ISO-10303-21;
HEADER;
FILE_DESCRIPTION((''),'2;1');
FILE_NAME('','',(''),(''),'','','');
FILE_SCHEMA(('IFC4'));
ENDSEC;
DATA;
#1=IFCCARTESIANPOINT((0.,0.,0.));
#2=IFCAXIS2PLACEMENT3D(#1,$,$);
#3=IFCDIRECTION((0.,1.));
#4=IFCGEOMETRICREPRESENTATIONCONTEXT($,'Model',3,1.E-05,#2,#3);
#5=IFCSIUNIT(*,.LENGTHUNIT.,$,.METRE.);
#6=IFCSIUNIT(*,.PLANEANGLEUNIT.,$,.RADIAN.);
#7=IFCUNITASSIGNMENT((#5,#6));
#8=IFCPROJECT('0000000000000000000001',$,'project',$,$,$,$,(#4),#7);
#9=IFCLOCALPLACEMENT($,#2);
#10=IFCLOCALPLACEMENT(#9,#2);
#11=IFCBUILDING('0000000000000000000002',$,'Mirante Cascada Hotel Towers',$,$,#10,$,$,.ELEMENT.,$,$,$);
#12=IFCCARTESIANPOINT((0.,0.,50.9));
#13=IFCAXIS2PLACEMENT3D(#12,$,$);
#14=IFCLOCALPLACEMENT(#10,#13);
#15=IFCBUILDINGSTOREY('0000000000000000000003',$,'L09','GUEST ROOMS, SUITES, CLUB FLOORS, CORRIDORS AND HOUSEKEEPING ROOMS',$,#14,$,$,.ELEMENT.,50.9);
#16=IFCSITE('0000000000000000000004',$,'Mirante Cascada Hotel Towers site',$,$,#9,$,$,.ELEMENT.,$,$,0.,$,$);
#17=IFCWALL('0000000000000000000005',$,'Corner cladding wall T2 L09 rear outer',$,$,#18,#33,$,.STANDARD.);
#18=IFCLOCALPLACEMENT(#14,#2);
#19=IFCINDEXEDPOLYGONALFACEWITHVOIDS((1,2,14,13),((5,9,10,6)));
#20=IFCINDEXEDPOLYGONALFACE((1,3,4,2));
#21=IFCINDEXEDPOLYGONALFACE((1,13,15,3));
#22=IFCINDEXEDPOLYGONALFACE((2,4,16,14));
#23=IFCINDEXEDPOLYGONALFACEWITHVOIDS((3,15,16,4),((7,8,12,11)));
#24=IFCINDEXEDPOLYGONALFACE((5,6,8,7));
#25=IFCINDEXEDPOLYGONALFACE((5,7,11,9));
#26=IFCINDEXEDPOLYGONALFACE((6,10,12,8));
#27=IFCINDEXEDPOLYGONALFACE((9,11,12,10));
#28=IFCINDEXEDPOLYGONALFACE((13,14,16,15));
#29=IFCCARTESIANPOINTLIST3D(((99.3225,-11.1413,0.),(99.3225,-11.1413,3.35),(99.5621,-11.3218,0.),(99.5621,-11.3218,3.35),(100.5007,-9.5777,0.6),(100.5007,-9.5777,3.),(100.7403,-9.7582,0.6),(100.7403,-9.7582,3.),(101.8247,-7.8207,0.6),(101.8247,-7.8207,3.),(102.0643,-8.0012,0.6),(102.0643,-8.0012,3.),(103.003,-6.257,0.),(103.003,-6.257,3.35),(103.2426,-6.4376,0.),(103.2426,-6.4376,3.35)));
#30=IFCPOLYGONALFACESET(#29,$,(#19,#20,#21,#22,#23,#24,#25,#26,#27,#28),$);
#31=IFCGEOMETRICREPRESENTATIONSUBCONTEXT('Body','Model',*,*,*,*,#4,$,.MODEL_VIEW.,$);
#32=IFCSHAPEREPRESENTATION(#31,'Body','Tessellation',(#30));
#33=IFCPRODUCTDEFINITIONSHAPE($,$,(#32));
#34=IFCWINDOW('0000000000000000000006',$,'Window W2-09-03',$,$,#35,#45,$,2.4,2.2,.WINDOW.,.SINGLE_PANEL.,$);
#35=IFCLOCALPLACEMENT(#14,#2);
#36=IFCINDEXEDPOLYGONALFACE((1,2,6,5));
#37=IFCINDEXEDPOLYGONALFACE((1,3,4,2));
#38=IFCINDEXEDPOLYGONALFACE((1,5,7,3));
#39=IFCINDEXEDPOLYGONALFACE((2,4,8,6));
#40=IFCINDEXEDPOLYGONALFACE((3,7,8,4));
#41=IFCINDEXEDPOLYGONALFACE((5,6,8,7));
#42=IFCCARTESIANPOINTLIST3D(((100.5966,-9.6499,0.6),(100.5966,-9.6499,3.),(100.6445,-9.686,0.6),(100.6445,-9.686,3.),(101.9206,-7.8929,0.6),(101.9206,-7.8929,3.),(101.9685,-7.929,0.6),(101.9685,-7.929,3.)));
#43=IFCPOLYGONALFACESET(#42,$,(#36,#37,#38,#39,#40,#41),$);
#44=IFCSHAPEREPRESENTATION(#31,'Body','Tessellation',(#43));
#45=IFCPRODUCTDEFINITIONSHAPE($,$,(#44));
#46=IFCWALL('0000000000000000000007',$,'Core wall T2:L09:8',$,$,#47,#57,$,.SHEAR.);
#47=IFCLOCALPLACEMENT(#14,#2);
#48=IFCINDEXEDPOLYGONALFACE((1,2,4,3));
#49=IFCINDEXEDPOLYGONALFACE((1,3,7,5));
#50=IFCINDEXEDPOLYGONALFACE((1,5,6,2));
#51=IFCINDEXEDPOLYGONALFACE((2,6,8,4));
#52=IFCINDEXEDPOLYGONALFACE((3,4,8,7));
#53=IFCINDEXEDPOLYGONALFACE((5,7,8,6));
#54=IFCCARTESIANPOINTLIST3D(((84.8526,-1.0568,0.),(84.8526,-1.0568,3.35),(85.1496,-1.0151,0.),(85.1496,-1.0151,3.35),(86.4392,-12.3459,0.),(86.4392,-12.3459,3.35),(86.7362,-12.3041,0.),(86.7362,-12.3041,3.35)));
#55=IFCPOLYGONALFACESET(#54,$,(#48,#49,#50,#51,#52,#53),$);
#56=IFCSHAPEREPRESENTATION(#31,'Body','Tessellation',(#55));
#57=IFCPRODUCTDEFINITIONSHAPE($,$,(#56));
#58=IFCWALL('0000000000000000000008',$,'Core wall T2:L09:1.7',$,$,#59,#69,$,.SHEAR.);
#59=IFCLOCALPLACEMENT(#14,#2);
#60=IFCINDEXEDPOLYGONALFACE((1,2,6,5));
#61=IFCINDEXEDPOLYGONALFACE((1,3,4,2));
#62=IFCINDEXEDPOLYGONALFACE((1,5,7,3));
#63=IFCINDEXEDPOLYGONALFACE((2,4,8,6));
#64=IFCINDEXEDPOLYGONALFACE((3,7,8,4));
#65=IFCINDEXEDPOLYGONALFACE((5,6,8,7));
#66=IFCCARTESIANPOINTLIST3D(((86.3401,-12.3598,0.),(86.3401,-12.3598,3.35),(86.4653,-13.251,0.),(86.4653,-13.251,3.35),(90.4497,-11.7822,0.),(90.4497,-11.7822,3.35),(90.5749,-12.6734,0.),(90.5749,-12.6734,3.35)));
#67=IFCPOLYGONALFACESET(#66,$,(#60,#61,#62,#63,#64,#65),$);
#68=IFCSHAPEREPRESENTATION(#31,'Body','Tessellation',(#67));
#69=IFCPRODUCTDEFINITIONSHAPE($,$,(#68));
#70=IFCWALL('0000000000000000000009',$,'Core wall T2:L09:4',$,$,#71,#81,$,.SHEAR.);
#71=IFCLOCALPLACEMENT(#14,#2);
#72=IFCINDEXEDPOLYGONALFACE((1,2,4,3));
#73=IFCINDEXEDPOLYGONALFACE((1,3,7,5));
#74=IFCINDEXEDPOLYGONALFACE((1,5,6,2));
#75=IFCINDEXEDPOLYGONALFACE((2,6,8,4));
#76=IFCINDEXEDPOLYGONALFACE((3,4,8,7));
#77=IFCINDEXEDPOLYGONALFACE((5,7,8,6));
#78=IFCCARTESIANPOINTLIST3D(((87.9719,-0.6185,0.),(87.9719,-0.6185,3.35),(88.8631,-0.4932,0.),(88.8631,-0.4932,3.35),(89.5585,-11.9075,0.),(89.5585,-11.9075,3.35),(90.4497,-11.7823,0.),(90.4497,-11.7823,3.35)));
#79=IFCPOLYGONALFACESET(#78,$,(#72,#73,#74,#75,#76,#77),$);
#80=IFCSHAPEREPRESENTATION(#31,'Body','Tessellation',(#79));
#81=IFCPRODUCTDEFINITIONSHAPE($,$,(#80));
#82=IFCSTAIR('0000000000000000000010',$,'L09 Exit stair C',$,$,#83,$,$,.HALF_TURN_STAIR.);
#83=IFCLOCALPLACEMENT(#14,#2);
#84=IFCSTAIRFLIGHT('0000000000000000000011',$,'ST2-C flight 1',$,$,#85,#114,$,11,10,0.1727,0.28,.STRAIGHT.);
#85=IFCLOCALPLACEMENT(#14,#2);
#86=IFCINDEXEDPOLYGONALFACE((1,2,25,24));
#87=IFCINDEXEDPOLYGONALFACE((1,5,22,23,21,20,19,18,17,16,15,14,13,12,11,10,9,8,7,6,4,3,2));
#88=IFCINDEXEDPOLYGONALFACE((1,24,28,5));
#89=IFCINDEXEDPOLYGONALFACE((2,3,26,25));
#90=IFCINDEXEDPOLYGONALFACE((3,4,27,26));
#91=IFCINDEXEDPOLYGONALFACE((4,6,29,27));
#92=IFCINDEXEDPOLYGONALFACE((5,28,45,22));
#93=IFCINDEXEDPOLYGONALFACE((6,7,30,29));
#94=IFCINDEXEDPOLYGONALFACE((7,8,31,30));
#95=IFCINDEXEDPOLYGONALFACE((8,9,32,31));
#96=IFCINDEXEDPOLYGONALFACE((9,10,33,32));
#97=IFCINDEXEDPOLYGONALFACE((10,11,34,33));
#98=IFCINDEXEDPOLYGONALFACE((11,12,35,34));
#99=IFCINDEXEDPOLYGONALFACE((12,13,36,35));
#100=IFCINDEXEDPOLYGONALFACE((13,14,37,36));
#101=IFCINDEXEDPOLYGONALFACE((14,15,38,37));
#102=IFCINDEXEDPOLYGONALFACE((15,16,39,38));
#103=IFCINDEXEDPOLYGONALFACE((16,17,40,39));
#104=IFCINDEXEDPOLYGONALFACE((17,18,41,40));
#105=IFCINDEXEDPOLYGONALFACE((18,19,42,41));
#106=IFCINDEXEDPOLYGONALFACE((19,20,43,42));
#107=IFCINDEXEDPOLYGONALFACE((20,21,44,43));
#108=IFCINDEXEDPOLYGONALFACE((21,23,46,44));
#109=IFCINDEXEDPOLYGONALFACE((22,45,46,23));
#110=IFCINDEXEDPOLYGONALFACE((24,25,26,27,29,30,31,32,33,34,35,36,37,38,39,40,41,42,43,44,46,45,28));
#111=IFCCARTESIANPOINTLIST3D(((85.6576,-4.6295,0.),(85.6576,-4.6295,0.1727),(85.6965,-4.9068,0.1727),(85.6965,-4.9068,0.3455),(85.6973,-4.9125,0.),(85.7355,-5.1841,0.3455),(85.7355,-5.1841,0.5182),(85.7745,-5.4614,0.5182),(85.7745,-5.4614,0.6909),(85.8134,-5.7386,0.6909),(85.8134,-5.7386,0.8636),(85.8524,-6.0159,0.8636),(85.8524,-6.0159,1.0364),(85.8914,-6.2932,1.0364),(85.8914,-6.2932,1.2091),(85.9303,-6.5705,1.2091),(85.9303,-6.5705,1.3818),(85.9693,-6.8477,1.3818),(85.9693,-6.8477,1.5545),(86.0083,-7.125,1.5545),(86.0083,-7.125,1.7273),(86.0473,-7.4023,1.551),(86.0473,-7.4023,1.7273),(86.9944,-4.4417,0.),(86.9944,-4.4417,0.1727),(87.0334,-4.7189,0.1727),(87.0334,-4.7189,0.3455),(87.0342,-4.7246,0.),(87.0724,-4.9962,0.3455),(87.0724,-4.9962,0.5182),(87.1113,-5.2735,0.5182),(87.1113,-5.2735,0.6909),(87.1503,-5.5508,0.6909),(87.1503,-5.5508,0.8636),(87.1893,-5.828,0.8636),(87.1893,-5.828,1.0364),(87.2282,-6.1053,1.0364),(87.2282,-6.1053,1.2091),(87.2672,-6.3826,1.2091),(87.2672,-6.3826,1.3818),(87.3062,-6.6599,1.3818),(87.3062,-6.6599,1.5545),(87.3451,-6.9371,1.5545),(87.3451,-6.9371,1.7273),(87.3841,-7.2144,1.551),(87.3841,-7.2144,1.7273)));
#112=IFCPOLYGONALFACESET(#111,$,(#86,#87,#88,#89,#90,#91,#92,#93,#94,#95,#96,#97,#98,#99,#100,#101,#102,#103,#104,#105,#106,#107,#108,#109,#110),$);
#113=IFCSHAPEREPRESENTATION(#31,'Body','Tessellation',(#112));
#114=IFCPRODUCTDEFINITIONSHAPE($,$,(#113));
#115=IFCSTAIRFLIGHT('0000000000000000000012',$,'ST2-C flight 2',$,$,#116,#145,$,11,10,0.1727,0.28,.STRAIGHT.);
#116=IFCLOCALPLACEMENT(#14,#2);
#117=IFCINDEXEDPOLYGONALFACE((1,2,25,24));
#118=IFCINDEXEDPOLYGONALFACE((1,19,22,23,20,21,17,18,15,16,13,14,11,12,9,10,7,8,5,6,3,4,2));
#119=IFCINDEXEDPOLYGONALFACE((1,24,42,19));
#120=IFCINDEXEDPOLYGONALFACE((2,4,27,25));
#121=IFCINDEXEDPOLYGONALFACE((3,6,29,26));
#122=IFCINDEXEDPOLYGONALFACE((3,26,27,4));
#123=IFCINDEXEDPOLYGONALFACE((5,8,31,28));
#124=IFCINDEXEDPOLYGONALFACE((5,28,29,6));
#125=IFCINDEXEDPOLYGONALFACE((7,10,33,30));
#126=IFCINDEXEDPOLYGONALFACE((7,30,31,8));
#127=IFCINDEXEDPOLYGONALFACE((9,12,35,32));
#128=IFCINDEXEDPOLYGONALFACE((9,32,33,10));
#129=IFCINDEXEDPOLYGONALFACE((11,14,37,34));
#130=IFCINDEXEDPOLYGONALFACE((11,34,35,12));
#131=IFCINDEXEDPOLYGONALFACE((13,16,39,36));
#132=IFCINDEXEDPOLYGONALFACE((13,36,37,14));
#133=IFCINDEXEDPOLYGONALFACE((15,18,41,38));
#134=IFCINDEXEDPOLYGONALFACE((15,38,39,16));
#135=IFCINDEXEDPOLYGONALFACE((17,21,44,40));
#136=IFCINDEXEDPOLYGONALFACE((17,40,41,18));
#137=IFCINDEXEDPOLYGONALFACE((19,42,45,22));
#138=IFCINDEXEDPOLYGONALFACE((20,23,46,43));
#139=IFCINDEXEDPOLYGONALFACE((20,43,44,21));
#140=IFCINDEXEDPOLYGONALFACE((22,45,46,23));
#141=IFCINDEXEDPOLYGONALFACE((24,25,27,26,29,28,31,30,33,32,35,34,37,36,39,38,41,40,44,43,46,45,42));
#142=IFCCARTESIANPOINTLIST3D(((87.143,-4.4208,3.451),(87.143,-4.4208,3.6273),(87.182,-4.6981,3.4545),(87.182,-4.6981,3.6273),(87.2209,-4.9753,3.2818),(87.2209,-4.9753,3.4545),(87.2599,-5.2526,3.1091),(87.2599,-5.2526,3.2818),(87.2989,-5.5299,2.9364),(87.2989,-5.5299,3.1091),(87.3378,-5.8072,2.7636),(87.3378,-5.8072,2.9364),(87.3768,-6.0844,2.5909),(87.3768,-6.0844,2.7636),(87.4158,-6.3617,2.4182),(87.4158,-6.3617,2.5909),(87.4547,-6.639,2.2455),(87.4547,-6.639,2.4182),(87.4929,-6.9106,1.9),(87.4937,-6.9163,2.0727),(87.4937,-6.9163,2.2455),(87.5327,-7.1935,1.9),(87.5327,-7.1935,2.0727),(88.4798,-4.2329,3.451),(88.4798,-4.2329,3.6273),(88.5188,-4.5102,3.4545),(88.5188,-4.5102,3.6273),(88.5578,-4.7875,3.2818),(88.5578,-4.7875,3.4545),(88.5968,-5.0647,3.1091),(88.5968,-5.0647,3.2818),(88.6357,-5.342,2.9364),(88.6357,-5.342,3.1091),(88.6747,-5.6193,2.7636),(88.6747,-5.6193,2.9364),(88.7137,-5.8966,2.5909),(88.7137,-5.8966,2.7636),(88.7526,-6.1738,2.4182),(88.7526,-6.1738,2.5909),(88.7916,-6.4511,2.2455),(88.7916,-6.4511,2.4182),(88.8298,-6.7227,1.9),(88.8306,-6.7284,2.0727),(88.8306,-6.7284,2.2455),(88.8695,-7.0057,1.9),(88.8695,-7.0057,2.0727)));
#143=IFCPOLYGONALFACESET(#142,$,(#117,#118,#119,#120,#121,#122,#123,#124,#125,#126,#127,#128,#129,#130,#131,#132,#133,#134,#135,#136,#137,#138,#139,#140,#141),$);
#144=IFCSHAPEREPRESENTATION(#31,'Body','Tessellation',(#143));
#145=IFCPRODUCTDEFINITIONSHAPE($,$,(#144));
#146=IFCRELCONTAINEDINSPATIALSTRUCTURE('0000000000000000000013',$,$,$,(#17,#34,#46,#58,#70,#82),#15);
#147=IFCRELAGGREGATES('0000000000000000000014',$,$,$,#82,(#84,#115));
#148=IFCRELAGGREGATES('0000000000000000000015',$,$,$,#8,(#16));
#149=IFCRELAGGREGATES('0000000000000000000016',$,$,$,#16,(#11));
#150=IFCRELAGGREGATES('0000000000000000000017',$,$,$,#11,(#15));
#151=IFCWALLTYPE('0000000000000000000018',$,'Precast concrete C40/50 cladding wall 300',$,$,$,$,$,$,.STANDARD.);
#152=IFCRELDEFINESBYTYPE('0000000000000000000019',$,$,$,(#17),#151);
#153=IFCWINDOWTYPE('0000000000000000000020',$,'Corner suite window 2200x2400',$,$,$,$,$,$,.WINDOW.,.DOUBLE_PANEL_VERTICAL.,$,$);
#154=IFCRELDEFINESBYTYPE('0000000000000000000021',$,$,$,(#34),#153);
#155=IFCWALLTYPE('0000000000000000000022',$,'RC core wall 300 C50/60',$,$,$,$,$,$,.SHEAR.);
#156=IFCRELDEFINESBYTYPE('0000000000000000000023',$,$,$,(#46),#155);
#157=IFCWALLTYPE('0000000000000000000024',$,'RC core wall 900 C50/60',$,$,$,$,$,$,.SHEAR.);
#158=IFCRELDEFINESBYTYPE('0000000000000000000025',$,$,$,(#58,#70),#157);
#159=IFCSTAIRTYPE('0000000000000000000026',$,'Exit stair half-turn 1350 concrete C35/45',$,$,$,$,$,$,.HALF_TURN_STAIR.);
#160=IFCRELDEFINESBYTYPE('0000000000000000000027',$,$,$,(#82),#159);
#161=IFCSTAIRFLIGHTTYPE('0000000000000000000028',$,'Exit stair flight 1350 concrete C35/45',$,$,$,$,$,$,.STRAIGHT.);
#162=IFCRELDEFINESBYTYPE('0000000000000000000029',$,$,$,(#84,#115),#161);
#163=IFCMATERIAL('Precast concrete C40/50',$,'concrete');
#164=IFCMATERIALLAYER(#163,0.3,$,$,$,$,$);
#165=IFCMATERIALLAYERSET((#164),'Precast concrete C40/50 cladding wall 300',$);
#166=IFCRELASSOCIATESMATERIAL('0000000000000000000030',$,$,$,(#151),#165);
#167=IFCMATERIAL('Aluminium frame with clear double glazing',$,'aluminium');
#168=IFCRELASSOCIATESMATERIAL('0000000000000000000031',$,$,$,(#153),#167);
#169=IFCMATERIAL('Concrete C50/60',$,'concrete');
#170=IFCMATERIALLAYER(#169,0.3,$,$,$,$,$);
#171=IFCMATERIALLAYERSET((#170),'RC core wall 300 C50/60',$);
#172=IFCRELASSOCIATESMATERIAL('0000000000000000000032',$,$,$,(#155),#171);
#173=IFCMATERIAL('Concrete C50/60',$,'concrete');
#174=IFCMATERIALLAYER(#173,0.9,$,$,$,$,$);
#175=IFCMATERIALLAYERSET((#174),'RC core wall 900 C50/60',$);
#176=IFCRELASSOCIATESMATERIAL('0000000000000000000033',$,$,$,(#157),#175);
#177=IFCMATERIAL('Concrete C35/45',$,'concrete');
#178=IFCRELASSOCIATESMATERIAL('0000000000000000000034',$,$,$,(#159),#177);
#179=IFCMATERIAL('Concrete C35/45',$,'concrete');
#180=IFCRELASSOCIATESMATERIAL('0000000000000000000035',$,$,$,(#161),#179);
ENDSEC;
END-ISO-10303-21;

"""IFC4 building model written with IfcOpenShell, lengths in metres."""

from ifc_helpers import new_model, si_unit, direction, frame, frame_2d, origin, place, context, subcontext, project, spatial, polyline, rectangle, outline, extrude, material, layer, layer_set, type_object, element, fill, aggregate, save


model = new_model("IFC4")

# Units and contexts
model_context = context("Model", 3, precision=1e-05, world=origin(), true_north=direction((0.0, 1.0)))
body_context = subcontext(model_context, "Body", "Model", "MODEL_VIEW")
ifc_project = project(units=[si_unit("LENGTHUNIT", "METRE"), si_unit("PLANEANGLEUNIT", "RADIAN")], contexts=[model_context])

# Site, building, storey
site_placement = place(None, origin())
site = spatial("IfcSite", under=ifc_project, at=site_placement, Name="Mirante Cascada Hotel Towers site", CompositionType="ELEMENT", RefElevation=0.0)
building_placement = place(site_placement, origin())
building = spatial("IfcBuilding", under=site, at=building_placement, Name="Mirante Cascada Hotel Towers", CompositionType="ELEMENT")
storey_placement = place(building_placement, frame((0.0, 0.0, 50.9)))
storey = spatial("IfcBuildingStorey", under=building, at=storey_placement, Name="L09", Description="GUEST ROOMS, SUITES, CLUB FLOORS, CORRIDORS AND HOUSEKEEPING ROOMS", CompositionType="ELEMENT", Elevation=50.9)

# Shared definitions
ifc_material_1 = material(Name="Precast concrete C40/50", Category="concrete")
ifc_layer_1 = layer(ifc_material_1, 0.3)
ifc_layer_set_1 = layer_set([ifc_layer_1], Name="Precast concrete C40/50 cladding wall 300")
wall_type_1 = type_object("IfcWallType", Name="Precast concrete C40/50 cladding wall 300", PredefinedType="STANDARD", material=ifc_layer_set_1)

# Wall, opening, window
wall_1_placement = place(storey_placement, frame((99.4423, -11.2315, 0.0), z_axis=(0.0, 0.0, 1.0), x_axis=(0.601814, 0.798636, 0.0)))
wall_1 = element("IfcWall", 1, at=wall_1_placement, inside=storey, type_object=wall_type_1, Name="Corner cladding wall T2 L09 rear outer", PredefinedType="STANDARD", context=body_context, shape_type="SweptSolid", body=[
    extrude(rectangle(XDim=6.1157, YDim=0.3, at=frame_2d((3.0578, 0.0))), origin(), (0.0, 0.0, 1.0), 3.35),
])
opening_1_placement = place(wall_1_placement, frame((1.9578, 0.0, 0.6)))
opening_1 = element("IfcOpeningElement", 2, at=opening_1_placement, cuts=wall_1, PredefinedType="OPENING", context=body_context, shape_type="SweptSolid", body=[
    extrude(rectangle(XDim=2.2, YDim=2.4, at=frame_2d((1.1, 1.2))), frame((0.0, 0.15, 0.0), z_axis=(0.0, -1.0, 0.0), x_axis=(1.0, 0.0, 0.0)), (0.0, 0.0, 1.0), 0.3),
])
ifc_material_2 = material(Name="Aluminium frame with clear double glazing", Category="aluminium")
window_type_1 = type_object("IfcWindowType", Name="Corner suite window 2200x2400", PartitioningType="DOUBLE_PANEL_VERTICAL", PredefinedType="WINDOW", material=ifc_material_2)
window_1_placement = place(opening_1_placement, origin())
window_1 = element("IfcWindow", 3, at=window_1_placement, inside=storey, type_object=window_type_1, Name="Window W2-09-03", OverallHeight=2.4, OverallWidth=2.2, PartitioningType="SINGLE_PANEL", PredefinedType="WINDOW", context=body_context, shape_type="SweptSolid", body=[
    extrude(rectangle(XDim=2.2, YDim=2.4, at=frame_2d((1.1, 1.2))), frame((0.0, 0.03, 0.0), z_axis=(0.0, -1.0, 0.0), x_axis=(1.0, 0.0, 0.0)), (0.0, 0.0, 1.0), 0.06),
])
fill(opening_1, window_1)

# Walls
ifc_material_3 = material(Name="Concrete C50/60", Category="concrete")
ifc_layer_2 = layer(ifc_material_3, 0.3)
ifc_layer_set_2 = layer_set([ifc_layer_2], Name="RC core wall 300 C50/60")
wall_type_2 = type_object("IfcWallType", Name="RC core wall 300 C50/60", PredefinedType="SHEAR", material=ifc_layer_set_2)
wall_2_placement = place(storey_placement, frame((86.5877, -12.325, 0.0), z_axis=(0.0, 0.0, 1.0), x_axis=(-0.139175, 0.990268, 0.0)))
element("IfcWall", 4, at=wall_2_placement, inside=storey, type_object=wall_type_2, Name="Core wall T2:L09:8", PredefinedType="SHEAR", context=body_context, shape_type="SweptSolid", body=[
    extrude(rectangle(XDim=11.4, YDim=0.3, at=frame_2d((5.7, 0.0))), origin(), (0.0, 0.0, 1.0), 3.35),
])
ifc_material_4 = material(Name="Concrete C50/60", Category="concrete")
ifc_layer_3 = layer(ifc_material_4, 0.9)
ifc_layer_set_3 = layer_set([ifc_layer_3], Name="RC core wall 900 C50/60")
wall_type_3 = type_object("IfcWallType", Name="RC core wall 900 C50/60", PredefinedType="SHEAR", material=ifc_layer_set_3)
wall_3_placement = place(storey_placement, frame((86.4027, -12.8054, 0.0), z_axis=(0.0, 0.0, 1.0), x_axis=(0.990267, 0.139181, 0.0)))
element("IfcWall", 5, at=wall_3_placement, inside=storey, type_object=wall_type_3, Name="Core wall T2:L09:1.7", PredefinedType="SHEAR", context=body_context, shape_type="SweptSolid", body=[
    extrude(rectangle(XDim=4.15, YDim=0.9, at=frame_2d((2.075, 0.0))), origin(), (0.0, 0.0, 1.0), 3.35),
])
wall_4_placement = place(storey_placement, frame((90.0041, -11.8449, 0.0), z_axis=(0.0, 0.0, 1.0), x_axis=(-0.139175, 0.990268, 0.0)))
element("IfcWall", 6, at=wall_4_placement, inside=storey, type_object=wall_type_3, Name="Core wall T2:L09:4", PredefinedType="SHEAR", context=body_context, shape_type="SweptSolid", body=[
    extrude(rectangle(XDim=11.4, YDim=0.9, at=frame_2d((5.7, 0.0))), origin(), (0.0, 0.0, 1.0), 3.35),
])

# Stair, stair flights
ifc_material_5 = material(Name="Concrete C35/45", Category="concrete")
stair_type = type_object("IfcStairType", Name="Exit stair half-turn 1350 concrete C35/45", PredefinedType="HALF_TURN_STAIR", material=ifc_material_5)
stair_placement = place(storey_placement, origin())
stair = element("IfcStair", 7, at=stair_placement, inside=storey, type_object=stair_type, Name="L09 Exit stair C", PredefinedType="HALF_TURN_STAIR")
ifc_material_6 = material(Name="Concrete C35/45", Category="concrete")
stair_flight_type = type_object("IfcStairFlightType", Name="Exit stair flight 1350 concrete C35/45", PredefinedType="STRAIGHT", material=ifc_material_6)
stair_flight_1_placement = place(storey_placement, frame((86.326, -4.5356, 0.0), z_axis=(0.0, 0.0, 1.0), x_axis=(0.139173, -0.990268, 0.0)))
stair_flight_1 = element("IfcStairFlight", 8, at=stair_flight_1_placement, type_object=stair_flight_type, Name="ST2-C flight 1", NumberOfRisers=11, NumberOfTreads=10, PredefinedType="STRAIGHT", RiserHeight=0.1727, TreadLength=0.28, context=body_context, shape_type="SweptSolid", body=[
    extrude(outline(polyline([(0.0, 0.0), (0.0, 0.1727), (0.28, 0.1727), (0.28, 0.3455), (0.56, 0.3455), (0.56, 0.5182), (0.84, 0.5182), (0.84, 0.6909), (1.12, 0.6909), (1.12, 0.8636), (1.4, 0.8636), (1.4, 1.0364), (1.68, 1.0364), (1.68, 1.2091), (1.96, 1.2091), (1.96, 1.3818), (2.24, 1.3818), (2.24, 1.5545), (2.52, 1.5545), (2.52, 1.7273), (2.8, 1.7273), (2.8, 1.9), (2.8, 1.551), (0.2857, 0.0), (0.0, 0.0)])), frame((0.0, 0.675, 0.0), z_axis=(0.0, -1.0, 0.0), x_axis=(1.0, 0.0, 0.0)), (0.0, 0.0, 1.0), 1.35),
])
stair_flight_2_placement = place(storey_placement, frame((88.2011, -7.0996, 1.9), z_axis=(0.0, 0.0, 1.0), x_axis=(-0.139173, 0.990268, 0.0)))
stair_flight_2 = element("IfcStairFlight", 9, at=stair_flight_2_placement, type_object=stair_flight_type, Name="ST2-C flight 2", NumberOfRisers=11, NumberOfTreads=10, PredefinedType="STRAIGHT", RiserHeight=0.1727, TreadLength=0.28, context=body_context, shape_type="SweptSolid", body=[
    extrude(outline(polyline([(0.0, 0.0), (0.0, 0.1727), (0.28, 0.1727), (0.28, 0.3455), (0.56, 0.3455), (0.56, 0.5182), (0.84, 0.5182), (0.84, 0.6909), (1.12, 0.6909), (1.12, 0.8636), (1.4, 0.8636), (1.4, 1.0364), (1.68, 1.0364), (1.68, 1.2091), (1.96, 1.2091), (1.96, 1.3818), (2.24, 1.3818), (2.24, 1.5545), (2.52, 1.5545), (2.52, 1.7273), (2.8, 1.7273), (2.8, 1.9), (2.8, 1.551), (0.2857, 0.0), (0.0, 0.0)])), frame((0.0, 0.675, 0.0), z_axis=(0.0, -1.0, 0.0), x_axis=(1.0, 0.0, 0.0)), (0.0, 0.0, 1.0), 1.35),
])
aggregate(stair, [stair_flight_1, stair_flight_2])

save(model, "model.ifc")
